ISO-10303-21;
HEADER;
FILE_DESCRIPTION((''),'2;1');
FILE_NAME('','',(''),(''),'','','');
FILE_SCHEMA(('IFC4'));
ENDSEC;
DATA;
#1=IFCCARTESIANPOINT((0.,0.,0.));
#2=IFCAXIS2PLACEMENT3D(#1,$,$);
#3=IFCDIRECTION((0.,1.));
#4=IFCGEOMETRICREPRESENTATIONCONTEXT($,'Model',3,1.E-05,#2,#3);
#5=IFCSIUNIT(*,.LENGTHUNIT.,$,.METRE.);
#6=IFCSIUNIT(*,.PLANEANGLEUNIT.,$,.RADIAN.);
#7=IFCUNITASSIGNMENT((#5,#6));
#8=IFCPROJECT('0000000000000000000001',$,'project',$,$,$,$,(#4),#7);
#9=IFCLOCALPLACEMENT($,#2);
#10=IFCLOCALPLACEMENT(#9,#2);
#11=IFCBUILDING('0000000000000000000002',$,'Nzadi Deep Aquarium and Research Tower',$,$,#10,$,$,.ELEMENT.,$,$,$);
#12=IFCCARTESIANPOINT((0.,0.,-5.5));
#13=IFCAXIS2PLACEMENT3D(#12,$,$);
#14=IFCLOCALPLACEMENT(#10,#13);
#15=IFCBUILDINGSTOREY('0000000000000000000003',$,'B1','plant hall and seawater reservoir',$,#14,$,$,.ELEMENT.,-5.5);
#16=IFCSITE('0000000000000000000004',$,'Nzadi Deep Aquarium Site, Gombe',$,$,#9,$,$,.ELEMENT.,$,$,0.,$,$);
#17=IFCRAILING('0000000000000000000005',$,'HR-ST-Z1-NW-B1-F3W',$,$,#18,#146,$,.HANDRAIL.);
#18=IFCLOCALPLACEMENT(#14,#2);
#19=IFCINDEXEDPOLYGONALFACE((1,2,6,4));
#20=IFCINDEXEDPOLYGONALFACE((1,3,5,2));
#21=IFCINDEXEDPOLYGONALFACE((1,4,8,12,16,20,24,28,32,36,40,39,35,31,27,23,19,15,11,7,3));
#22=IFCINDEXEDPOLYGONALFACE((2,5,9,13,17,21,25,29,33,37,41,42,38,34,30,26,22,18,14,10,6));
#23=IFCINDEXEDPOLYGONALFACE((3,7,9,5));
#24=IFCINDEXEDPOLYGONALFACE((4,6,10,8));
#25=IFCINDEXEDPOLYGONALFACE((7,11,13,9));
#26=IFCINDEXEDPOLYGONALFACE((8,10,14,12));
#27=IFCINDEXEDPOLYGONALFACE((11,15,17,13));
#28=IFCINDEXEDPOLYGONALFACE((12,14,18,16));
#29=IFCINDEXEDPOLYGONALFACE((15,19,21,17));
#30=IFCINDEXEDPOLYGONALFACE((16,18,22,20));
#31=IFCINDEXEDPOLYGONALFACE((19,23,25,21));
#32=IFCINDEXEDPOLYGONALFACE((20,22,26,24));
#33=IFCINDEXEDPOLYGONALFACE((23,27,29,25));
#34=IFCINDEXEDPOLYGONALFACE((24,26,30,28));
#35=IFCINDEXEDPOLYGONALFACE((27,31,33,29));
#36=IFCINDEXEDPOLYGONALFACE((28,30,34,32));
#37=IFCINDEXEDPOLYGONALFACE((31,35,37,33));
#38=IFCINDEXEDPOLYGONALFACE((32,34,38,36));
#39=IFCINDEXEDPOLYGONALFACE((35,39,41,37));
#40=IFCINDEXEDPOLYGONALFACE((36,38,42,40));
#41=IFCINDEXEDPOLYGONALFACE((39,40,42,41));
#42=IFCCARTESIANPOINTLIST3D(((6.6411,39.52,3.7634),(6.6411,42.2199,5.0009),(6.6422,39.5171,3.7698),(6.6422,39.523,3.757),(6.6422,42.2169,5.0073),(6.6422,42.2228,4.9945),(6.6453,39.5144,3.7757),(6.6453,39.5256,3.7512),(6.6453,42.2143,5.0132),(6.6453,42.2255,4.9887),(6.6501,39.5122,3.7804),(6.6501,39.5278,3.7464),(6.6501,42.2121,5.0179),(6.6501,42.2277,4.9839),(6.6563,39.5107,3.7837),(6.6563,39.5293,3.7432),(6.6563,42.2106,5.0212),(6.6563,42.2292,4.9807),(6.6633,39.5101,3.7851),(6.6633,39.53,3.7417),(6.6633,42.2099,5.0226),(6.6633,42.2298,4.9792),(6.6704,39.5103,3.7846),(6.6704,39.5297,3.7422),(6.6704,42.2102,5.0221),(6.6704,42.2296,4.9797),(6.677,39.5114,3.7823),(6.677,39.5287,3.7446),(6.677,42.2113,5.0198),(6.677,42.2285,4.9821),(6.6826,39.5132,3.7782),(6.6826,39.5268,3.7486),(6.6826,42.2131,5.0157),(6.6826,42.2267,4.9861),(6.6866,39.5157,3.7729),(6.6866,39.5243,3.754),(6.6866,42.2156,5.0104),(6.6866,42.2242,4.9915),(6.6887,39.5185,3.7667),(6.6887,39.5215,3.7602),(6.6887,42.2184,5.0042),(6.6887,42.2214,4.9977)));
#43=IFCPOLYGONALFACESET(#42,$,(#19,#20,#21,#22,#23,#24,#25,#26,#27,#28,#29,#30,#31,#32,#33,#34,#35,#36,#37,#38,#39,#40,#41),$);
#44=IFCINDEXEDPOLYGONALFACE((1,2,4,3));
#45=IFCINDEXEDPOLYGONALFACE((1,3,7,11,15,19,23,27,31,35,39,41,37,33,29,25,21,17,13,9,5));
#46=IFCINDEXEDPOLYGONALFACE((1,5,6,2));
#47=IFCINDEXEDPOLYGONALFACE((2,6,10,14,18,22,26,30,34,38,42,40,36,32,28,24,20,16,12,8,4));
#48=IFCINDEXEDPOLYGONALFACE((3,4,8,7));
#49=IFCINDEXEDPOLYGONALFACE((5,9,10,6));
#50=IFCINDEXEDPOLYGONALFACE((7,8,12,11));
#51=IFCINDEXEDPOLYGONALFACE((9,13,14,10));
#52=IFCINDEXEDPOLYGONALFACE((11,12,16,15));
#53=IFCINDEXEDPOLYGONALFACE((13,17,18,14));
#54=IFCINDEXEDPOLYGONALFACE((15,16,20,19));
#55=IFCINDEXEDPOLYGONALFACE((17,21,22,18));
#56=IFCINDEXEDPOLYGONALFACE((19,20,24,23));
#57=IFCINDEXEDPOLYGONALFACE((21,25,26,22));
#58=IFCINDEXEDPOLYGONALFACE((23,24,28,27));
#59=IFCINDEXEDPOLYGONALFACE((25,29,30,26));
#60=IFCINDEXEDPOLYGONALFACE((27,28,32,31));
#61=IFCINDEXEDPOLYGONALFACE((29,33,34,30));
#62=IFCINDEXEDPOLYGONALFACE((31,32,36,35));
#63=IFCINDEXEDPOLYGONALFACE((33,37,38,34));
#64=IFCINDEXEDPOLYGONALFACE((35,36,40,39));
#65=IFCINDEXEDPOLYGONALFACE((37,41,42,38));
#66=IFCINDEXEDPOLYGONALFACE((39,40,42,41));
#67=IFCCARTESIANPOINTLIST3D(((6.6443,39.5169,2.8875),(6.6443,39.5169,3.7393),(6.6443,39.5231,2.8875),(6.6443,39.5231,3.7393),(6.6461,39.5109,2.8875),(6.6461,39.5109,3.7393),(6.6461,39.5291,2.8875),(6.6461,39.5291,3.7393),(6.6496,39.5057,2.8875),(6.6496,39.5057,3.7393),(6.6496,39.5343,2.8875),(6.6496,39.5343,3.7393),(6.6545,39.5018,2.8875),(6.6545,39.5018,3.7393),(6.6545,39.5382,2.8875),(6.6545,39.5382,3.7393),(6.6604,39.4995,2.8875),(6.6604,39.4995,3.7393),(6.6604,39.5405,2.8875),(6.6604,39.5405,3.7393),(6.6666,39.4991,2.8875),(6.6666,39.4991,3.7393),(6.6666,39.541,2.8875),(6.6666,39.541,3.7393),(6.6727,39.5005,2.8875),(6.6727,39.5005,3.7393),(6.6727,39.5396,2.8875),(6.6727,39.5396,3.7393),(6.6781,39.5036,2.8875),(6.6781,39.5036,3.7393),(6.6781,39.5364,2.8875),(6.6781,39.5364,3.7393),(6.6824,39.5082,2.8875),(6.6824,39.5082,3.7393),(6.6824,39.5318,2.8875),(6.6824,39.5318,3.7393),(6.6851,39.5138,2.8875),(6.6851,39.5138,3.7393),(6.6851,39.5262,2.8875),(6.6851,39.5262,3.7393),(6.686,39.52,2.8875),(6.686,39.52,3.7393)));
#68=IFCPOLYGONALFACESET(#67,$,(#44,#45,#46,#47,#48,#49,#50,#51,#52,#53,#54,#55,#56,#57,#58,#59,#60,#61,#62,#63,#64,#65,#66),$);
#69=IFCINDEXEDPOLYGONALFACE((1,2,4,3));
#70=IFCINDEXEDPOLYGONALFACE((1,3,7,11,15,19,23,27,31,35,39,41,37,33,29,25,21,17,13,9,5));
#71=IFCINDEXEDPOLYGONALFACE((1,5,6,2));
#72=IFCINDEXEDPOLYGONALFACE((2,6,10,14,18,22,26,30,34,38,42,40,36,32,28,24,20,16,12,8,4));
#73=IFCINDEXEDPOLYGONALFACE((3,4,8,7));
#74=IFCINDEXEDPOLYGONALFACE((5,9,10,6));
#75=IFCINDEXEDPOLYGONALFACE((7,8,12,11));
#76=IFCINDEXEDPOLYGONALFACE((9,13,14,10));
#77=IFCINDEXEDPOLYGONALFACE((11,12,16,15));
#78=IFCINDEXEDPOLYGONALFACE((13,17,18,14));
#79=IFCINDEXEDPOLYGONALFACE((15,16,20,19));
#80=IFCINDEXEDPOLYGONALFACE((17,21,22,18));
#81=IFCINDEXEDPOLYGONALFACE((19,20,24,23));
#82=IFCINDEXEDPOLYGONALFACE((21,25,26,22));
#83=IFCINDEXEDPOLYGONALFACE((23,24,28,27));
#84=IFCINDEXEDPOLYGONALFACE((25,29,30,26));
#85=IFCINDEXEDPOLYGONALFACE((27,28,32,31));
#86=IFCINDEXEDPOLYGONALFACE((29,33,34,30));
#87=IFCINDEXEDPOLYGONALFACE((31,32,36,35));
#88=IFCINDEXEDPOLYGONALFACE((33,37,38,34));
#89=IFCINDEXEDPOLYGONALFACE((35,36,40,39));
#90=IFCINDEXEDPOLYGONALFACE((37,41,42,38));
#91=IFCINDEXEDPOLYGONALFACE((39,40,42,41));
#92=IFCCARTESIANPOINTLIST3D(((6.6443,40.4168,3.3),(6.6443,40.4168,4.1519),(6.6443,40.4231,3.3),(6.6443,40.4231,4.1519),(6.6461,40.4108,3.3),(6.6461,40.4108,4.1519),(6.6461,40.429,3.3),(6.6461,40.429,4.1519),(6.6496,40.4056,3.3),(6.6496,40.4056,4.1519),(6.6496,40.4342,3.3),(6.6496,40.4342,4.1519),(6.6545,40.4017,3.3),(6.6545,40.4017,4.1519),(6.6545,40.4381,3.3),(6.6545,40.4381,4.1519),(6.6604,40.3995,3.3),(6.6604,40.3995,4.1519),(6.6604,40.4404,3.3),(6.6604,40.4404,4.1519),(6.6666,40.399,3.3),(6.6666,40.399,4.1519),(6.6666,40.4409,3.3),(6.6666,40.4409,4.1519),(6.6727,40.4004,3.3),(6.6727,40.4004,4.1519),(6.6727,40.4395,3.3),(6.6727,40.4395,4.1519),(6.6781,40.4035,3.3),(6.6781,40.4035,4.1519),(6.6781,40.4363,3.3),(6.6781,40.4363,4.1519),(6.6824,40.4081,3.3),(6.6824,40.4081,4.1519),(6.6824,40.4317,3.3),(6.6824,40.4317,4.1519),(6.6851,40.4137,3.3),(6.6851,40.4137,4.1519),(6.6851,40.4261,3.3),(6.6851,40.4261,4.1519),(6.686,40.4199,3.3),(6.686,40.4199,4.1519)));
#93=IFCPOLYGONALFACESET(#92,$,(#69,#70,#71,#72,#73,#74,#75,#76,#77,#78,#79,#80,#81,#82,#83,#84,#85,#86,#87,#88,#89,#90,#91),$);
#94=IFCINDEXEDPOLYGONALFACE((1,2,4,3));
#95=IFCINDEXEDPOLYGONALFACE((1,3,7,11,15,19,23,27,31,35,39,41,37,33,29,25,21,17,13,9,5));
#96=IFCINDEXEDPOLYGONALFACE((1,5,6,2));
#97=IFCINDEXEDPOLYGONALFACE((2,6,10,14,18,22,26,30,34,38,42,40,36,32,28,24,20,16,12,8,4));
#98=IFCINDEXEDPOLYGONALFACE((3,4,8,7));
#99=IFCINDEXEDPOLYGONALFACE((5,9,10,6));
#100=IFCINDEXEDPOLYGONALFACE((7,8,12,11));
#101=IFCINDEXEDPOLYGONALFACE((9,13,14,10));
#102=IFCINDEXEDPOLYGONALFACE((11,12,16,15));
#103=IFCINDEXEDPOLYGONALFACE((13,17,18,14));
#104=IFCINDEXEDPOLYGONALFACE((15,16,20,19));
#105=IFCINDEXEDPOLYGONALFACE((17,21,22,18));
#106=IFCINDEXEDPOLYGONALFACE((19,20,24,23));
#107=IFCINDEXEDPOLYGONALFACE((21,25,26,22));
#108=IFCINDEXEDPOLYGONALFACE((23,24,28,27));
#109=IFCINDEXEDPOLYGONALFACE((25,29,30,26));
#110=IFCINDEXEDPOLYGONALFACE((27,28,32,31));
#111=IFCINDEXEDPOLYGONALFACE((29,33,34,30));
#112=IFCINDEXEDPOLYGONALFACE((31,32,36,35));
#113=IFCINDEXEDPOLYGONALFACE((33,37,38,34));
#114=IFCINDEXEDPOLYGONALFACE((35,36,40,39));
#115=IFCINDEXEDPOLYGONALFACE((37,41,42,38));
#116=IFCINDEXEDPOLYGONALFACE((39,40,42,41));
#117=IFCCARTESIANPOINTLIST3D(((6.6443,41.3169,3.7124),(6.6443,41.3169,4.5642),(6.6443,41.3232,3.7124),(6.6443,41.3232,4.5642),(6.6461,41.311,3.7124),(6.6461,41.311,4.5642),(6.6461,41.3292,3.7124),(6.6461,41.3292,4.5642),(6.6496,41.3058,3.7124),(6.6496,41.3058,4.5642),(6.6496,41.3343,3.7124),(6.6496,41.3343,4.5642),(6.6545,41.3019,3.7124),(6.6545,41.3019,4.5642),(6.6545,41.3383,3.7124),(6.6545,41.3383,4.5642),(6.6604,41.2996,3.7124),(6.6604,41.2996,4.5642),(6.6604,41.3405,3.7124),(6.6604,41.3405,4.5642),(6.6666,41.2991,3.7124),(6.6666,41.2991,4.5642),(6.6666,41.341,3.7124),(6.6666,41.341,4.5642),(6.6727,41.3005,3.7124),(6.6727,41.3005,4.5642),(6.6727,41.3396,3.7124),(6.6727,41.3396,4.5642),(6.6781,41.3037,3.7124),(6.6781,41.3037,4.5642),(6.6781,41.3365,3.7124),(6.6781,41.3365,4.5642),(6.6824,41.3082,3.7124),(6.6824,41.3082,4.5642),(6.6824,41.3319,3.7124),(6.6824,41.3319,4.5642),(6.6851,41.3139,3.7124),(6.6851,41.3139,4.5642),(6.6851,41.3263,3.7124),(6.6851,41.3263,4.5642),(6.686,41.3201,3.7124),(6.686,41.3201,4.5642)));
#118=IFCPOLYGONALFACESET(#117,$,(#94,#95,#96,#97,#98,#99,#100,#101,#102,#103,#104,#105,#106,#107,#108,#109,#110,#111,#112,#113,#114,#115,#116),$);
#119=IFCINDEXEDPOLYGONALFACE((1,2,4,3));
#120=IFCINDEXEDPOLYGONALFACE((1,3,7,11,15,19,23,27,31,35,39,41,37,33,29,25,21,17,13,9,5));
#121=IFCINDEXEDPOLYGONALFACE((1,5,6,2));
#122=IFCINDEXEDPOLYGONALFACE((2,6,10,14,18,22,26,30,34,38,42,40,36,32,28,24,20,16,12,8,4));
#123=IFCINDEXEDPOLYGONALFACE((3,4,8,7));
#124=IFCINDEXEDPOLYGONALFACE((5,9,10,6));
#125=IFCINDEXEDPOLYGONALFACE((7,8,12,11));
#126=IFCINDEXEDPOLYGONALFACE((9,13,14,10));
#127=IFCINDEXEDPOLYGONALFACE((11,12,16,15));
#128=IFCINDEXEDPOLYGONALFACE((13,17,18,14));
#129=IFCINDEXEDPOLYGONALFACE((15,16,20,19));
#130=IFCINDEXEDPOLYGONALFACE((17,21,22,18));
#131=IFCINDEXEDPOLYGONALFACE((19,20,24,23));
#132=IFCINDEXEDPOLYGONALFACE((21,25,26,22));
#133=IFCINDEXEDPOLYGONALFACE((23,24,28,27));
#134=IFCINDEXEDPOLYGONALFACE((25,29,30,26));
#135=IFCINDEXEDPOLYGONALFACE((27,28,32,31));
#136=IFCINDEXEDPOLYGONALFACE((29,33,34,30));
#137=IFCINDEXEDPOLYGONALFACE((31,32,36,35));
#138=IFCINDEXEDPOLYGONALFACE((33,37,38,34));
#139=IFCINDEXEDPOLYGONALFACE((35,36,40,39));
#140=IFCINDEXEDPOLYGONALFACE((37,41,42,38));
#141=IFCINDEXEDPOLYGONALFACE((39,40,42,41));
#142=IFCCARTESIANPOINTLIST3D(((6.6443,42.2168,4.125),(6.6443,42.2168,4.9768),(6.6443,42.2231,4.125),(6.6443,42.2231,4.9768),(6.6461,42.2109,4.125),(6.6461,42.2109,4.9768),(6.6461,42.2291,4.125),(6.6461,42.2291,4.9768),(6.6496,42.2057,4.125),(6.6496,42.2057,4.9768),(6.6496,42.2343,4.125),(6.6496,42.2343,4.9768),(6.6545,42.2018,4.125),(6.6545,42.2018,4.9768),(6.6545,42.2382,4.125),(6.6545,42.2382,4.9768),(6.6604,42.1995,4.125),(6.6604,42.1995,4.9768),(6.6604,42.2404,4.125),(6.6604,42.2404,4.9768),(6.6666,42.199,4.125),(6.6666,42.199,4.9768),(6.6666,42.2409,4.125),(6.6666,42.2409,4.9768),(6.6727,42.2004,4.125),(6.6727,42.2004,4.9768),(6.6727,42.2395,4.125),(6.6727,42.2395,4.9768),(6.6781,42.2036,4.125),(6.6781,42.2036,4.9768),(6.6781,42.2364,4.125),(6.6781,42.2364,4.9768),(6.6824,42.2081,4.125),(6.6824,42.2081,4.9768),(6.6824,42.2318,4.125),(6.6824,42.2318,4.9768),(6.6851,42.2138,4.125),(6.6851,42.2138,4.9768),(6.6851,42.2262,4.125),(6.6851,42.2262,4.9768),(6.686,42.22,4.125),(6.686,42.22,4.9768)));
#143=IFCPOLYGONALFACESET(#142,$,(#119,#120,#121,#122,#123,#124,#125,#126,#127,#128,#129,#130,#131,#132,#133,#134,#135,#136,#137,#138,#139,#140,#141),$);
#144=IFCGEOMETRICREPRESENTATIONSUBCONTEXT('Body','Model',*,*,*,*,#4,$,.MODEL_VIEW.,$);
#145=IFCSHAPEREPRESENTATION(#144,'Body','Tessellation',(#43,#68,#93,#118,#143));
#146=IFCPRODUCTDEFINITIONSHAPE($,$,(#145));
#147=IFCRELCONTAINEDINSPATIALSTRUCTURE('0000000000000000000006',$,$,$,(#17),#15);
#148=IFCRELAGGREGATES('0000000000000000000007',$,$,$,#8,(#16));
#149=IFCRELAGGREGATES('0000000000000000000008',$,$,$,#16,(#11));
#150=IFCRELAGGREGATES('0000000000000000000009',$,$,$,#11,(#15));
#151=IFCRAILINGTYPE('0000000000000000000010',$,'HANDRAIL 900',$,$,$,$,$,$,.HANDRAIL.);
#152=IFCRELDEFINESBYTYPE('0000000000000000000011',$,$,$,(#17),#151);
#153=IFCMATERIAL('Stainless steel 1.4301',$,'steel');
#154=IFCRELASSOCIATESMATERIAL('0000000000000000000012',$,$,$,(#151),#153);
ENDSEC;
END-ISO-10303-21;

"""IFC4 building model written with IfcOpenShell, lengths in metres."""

from ifc_helpers import new_model, si_unit, direction, frame, origin, origin_2d, place, context, subcontext, project, spatial, circle, extrude, material, type_object, element, save


model = new_model("IFC4")

# Units and contexts
model_context = context("Model", 3, precision=1e-05, world=origin(), true_north=direction((0.0, 1.0)))
body_context = subcontext(model_context, "Body", "Model", "MODEL_VIEW")
ifc_project = project(units=[si_unit("LENGTHUNIT", "METRE"), si_unit("PLANEANGLEUNIT", "RADIAN")], contexts=[model_context])

# Site, building, storey
site_placement = place(None, origin())
site = spatial("IfcSite", under=ifc_project, at=site_placement, Name="Nzadi Deep Aquarium Site, Gombe", CompositionType="ELEMENT", RefElevation=0.0)
building_placement = place(site_placement, origin())
building = spatial("IfcBuilding", under=site, at=building_placement, Name="Nzadi Deep Aquarium and Research Tower", CompositionType="ELEMENT")
storey_placement = place(building_placement, frame((0.0, 0.0, -5.5)))
storey = spatial("IfcBuildingStorey", under=building, at=storey_placement, Name="B1", Description="plant hall and seawater reservoir", CompositionType="ELEMENT", Elevation=-5.5)

# Railing
ifc_material_1 = material(Name="Stainless steel 1.4301", Category="steel")
railing_type = type_object("IfcRailingType", Name="HANDRAIL 900", PredefinedType="HANDRAIL", material=ifc_material_1)
for number, where, name in (
    (1, (6.665, 39.52, 2.8875), "HR-ST-Z1-NW-B1-F3W"),
):
    element("IfcRailing", number, at=place(storey_placement, frame(where)), inside=storey, type_object=railing_type, Name=name, PredefinedType="HANDRAIL", context=body_context, shape_type="SweptSolid", body=[
        extrude(circle(Radius=0.0239, at=origin_2d()), frame((0.0, 0.0, 0.876), z_axis=(0.0, 0.909056, 0.416675), x_axis=(-1.0, 0.0, 0.0)), (0.0, 0.0, 1.0), 2.97),
        extrude(circle(Radius=0.021, at=origin_2d()), origin(), (0.0, 0.0, 1.0), 0.8518),
        extrude(circle(Radius=0.021, at=origin_2d()), frame((0.0, 0.8999, 0.4126)), (0.0, 0.0, 1.0), 0.8518),
        extrude(circle(Radius=0.021, at=origin_2d()), frame((0.0, 1.8, 0.825)), (0.0, 0.0, 1.0), 0.8518),
        extrude(circle(Radius=0.021, at=origin_2d()), frame((0.0, 2.7, 1.2375)), (0.0, 0.0, 1.0), 0.8518),
    ])

save(model, "model.ifc")
